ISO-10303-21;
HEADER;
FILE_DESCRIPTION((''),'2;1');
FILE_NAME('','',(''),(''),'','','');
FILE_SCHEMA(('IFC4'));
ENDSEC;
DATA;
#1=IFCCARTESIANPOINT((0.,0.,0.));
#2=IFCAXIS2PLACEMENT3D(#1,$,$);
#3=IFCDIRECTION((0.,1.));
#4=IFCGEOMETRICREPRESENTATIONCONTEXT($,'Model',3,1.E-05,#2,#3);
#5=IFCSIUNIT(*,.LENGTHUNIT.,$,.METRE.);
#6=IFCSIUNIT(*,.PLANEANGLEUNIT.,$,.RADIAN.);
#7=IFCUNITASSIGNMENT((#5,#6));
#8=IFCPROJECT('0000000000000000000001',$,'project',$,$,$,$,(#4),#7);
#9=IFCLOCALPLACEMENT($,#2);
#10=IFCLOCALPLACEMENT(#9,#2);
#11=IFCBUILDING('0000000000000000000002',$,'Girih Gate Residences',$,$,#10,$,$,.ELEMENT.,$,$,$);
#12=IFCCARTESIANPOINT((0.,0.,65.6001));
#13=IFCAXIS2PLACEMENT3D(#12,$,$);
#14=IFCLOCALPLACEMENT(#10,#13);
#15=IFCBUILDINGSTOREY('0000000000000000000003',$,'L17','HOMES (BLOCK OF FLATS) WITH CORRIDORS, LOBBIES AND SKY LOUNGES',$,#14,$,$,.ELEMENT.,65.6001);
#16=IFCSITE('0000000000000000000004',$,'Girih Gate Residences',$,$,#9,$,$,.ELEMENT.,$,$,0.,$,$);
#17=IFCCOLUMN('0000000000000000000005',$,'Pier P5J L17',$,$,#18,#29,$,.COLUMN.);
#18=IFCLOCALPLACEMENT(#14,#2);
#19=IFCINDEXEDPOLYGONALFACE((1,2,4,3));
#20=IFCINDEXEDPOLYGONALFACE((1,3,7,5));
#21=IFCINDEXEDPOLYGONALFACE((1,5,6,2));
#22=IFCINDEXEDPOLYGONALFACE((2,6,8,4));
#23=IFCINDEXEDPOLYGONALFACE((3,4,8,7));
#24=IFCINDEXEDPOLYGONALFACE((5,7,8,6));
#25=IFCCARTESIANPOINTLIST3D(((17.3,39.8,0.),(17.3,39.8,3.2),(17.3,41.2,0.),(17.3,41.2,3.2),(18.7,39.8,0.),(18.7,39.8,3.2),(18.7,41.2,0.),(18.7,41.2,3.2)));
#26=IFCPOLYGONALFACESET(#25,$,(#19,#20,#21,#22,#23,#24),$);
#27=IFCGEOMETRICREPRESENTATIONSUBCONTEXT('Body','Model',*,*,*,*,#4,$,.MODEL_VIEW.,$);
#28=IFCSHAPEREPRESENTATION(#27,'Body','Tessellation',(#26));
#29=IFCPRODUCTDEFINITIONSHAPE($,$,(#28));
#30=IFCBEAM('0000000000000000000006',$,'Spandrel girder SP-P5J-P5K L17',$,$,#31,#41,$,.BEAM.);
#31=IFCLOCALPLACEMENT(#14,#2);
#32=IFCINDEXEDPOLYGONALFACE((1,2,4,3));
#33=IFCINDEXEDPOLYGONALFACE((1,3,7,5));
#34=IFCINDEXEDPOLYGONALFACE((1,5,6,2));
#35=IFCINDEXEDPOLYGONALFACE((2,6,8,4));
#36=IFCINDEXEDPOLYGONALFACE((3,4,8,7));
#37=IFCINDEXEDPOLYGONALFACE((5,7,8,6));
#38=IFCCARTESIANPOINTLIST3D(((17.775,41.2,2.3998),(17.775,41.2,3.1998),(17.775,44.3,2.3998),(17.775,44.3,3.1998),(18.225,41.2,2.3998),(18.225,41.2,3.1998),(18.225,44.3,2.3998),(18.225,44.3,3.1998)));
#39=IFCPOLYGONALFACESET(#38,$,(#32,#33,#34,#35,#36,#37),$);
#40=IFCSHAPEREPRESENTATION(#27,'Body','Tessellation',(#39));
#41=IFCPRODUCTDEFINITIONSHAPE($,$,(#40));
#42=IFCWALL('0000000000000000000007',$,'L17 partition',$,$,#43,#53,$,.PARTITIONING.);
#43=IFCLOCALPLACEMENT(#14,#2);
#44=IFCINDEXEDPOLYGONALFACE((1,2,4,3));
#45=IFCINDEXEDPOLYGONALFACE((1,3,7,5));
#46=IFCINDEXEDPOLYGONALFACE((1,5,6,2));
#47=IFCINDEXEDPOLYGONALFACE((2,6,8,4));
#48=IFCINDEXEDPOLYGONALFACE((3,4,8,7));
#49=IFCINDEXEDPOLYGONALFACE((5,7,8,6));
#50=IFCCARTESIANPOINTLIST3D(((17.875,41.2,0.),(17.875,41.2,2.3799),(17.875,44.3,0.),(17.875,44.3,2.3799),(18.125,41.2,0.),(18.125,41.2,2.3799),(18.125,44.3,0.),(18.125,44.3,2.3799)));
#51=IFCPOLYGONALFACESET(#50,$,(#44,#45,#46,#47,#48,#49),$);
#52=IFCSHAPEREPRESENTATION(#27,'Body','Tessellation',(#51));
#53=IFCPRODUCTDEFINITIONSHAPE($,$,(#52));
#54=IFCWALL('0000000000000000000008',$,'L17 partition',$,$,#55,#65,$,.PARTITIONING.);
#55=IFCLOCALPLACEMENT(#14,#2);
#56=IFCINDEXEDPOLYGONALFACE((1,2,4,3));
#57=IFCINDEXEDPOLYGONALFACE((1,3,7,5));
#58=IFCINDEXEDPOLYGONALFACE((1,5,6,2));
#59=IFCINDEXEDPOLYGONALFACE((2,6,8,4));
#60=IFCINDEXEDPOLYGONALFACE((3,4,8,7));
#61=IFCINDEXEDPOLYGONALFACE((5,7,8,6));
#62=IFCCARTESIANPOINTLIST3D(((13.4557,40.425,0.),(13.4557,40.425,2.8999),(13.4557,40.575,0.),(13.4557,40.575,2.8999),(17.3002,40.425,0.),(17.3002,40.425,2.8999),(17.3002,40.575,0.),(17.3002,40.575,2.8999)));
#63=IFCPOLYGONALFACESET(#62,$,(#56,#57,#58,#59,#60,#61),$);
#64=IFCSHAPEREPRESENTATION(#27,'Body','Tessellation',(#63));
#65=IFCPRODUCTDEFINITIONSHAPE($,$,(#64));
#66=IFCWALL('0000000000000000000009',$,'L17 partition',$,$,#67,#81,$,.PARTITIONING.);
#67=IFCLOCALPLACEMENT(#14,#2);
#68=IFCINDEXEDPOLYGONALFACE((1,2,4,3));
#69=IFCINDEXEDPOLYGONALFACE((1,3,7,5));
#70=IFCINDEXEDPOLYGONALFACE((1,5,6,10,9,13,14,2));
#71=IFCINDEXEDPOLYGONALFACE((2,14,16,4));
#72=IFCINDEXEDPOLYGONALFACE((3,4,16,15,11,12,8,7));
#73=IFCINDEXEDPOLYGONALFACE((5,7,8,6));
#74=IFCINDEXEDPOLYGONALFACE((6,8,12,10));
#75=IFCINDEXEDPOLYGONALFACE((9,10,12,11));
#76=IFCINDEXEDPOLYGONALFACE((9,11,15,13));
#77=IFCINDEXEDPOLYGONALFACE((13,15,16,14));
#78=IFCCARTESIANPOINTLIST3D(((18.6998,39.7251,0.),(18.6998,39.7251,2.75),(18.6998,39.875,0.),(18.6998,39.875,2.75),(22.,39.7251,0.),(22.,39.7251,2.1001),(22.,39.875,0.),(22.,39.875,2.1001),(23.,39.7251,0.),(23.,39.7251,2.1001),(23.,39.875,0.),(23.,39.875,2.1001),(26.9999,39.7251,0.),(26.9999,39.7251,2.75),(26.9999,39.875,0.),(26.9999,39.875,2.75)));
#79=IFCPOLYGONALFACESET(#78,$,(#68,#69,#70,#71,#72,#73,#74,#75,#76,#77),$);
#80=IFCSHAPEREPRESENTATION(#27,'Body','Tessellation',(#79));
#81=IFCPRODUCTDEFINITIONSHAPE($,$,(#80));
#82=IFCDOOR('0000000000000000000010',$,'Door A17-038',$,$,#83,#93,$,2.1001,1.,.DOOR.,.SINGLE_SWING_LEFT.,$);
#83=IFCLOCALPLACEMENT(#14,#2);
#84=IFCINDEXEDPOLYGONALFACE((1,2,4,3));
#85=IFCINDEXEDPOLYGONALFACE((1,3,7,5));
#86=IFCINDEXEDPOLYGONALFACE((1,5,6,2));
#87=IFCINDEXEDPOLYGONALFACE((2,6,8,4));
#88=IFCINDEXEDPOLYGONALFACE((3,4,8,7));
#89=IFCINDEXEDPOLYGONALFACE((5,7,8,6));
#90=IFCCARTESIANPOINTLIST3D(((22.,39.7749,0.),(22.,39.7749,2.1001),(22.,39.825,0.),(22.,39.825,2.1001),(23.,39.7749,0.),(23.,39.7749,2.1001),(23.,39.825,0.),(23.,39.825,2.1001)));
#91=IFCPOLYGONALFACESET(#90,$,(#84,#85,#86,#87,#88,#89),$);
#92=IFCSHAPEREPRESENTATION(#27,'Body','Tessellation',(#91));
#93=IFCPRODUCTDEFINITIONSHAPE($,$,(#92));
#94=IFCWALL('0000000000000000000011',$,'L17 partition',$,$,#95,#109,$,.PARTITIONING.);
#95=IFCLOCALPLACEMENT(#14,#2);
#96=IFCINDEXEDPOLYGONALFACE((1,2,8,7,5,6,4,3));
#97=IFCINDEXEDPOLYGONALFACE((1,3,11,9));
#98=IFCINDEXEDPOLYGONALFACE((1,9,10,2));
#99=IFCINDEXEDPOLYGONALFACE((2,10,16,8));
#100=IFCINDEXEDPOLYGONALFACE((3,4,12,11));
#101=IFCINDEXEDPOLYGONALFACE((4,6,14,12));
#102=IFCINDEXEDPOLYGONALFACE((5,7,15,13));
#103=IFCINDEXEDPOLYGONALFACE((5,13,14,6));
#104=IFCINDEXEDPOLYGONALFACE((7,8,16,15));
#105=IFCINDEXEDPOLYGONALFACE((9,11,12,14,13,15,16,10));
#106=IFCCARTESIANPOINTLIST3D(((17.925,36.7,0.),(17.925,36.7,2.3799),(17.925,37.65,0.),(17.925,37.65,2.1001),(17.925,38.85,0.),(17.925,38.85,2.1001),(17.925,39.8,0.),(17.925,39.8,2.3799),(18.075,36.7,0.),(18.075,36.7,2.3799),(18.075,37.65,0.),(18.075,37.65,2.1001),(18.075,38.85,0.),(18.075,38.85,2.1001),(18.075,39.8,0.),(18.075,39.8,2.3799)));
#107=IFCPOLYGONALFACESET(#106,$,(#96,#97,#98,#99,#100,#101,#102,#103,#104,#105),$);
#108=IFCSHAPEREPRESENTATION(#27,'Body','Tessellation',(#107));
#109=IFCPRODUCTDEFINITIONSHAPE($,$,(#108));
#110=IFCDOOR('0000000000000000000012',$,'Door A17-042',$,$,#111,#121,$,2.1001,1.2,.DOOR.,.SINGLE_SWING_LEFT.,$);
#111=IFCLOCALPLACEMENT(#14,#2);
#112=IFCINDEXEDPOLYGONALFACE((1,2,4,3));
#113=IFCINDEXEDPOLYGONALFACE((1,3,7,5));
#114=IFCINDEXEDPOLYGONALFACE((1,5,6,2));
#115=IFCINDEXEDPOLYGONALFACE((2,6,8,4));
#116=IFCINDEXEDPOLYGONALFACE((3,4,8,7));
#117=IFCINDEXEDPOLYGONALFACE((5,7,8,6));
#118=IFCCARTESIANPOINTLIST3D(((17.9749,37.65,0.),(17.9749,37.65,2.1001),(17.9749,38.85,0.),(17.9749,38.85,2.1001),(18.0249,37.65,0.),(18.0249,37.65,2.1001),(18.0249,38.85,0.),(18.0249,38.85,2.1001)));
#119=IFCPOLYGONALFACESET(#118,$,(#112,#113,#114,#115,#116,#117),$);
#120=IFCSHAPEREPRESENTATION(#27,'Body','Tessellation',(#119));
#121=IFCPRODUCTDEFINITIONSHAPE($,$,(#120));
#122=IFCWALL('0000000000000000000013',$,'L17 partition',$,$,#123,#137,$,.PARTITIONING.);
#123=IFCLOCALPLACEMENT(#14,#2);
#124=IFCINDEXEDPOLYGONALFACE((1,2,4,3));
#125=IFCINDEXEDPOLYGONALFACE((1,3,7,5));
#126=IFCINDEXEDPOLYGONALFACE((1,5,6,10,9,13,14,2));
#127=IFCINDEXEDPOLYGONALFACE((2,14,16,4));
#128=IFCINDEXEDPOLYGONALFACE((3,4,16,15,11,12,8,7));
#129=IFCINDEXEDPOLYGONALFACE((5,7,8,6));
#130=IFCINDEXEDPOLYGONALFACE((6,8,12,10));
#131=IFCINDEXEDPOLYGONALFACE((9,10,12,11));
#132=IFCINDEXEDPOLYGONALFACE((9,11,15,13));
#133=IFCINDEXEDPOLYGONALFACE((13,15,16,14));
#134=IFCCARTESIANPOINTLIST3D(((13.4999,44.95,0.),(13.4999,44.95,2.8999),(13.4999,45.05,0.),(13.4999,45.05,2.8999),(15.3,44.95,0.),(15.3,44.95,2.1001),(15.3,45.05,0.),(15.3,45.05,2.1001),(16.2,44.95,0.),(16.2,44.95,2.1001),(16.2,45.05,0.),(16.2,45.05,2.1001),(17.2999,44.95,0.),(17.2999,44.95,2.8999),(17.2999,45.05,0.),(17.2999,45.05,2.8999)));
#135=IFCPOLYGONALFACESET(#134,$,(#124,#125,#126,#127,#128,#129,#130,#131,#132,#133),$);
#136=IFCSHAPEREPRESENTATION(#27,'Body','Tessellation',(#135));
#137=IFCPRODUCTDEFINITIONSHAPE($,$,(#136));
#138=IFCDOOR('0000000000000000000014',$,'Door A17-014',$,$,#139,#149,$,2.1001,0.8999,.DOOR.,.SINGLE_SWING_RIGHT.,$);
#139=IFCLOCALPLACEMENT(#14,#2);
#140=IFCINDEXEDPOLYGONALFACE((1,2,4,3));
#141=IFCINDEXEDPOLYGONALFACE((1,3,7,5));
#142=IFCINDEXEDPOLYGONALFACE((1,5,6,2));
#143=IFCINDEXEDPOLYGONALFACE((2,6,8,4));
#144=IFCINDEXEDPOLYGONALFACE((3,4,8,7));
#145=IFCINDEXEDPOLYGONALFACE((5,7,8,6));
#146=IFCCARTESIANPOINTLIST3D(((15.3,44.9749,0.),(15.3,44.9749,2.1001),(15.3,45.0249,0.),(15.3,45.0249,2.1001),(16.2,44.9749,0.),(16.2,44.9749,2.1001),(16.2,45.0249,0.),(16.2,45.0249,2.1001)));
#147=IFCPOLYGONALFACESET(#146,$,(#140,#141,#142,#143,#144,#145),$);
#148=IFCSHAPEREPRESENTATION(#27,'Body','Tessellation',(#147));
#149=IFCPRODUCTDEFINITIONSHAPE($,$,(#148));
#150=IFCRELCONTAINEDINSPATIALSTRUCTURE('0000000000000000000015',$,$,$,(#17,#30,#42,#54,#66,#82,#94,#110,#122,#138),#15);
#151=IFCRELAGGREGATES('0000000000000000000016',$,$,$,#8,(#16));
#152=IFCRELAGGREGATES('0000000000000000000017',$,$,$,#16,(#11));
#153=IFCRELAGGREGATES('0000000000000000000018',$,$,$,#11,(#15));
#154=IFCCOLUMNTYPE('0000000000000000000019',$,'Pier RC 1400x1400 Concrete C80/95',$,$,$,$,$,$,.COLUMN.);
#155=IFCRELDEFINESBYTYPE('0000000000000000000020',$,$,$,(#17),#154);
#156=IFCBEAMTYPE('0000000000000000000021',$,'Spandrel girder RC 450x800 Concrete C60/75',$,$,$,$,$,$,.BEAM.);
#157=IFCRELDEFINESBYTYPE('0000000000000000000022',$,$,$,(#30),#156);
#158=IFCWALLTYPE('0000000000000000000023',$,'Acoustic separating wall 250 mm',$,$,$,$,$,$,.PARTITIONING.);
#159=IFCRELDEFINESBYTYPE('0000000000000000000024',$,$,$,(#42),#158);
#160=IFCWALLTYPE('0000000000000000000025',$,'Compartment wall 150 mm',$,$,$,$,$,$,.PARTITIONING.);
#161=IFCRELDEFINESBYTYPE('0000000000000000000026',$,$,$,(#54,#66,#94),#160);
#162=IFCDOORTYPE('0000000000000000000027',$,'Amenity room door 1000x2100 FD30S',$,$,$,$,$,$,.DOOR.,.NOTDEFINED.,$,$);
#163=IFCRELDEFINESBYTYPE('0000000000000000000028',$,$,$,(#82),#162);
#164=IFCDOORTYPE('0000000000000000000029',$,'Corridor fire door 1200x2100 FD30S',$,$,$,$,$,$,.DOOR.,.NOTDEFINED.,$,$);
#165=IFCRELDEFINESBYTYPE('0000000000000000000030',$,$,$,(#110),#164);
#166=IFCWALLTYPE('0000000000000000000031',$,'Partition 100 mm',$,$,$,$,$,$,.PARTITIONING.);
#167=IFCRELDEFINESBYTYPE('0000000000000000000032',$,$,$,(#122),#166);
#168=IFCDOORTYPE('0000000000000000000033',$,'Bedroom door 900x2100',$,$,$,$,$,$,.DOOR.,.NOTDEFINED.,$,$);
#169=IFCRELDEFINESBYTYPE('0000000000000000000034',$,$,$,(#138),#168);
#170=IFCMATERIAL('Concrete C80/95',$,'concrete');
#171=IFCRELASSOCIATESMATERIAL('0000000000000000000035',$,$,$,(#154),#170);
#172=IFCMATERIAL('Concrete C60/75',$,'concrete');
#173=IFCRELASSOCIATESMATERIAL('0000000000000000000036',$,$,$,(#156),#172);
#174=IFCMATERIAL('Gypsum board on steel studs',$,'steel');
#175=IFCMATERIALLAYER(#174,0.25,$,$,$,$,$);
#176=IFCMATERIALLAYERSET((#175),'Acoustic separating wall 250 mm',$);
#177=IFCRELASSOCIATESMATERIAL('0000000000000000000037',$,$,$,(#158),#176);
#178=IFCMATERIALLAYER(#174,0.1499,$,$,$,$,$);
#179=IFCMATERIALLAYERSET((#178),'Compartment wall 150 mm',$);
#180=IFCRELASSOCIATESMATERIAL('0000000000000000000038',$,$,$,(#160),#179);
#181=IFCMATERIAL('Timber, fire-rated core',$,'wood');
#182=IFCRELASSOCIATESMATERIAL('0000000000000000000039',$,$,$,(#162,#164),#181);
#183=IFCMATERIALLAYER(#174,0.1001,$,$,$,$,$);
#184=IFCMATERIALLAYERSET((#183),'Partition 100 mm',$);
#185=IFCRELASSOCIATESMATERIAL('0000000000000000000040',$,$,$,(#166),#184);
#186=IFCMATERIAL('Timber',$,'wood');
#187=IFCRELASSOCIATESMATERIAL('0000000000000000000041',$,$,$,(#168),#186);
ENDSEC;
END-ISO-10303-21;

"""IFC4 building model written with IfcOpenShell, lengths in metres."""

from ifc_helpers import new_model, si_unit, direction, frame, frame_2d, origin, origin_2d, place, context, subcontext, project, spatial, rectangle, extrude, material, layer, layer_set, material_profile, profile_set, type_object, element, fill, save


model = new_model("IFC4")

# Units and contexts
model_context = context("Model", 3, precision=1e-05, world=origin(), true_north=direction((0.0, 1.0)))
body_context = subcontext(model_context, "Body", "Model", "MODEL_VIEW")
ifc_project = project(units=[si_unit("LENGTHUNIT", "METRE"), si_unit("PLANEANGLEUNIT", "RADIAN")], contexts=[model_context])

# Site, building, storey
site_placement = place(None, origin())
site = spatial("IfcSite", under=ifc_project, at=site_placement, Name="Girih Gate Residences", CompositionType="ELEMENT", RefElevation=0.0)
building_placement = place(site_placement, origin())
building = spatial("IfcBuilding", under=site, at=building_placement, Name="Girih Gate Residences", CompositionType="ELEMENT")
storey_placement = place(building_placement, frame((0.0, 0.0, 65.6001)))
storey = spatial("IfcBuildingStorey", under=building, at=storey_placement, Name="L17", Description="HOMES (BLOCK OF FLATS) WITH CORRIDORS, LOBBIES AND SKY LOUNGES", CompositionType="ELEMENT", Elevation=65.6001)

# Column
ifc_material_1 = material(Name="Concrete C80/95", Category="concrete")
ifc_material_profile_1 = material_profile(ifc_material_1, rectangle(XDim=1.3999, YDim=1.3999, at=origin_2d()))
ifc_profile_set_1 = profile_set([ifc_material_profile_1], Name="Concrete C80/95")
column_type = type_object("IfcColumnType", Name="Pier RC 1400x1400 Concrete C80/95", PredefinedType="COLUMN", material=ifc_profile_set_1)
column_placement = place(storey_placement, frame((18.0, 40.5, 0.0), z_axis=(0.0, 0.0, 1.0), x_axis=(1.0, 0.0, 0.0)))
element("IfcColumn", 1, at=column_placement, inside=storey, type_object=column_type, Name="Pier P5J L17", PredefinedType="COLUMN", context=body_context, shape_type="SweptSolid", body=[
    extrude(rectangle(XDim=1.3999, YDim=1.3999, at=origin_2d()), origin(), (0.0, 0.0, 1.0), 3.2),
])

# Beam
ifc_material_2 = material(Name="Concrete C60/75", Category="concrete")
ifc_material_profile_2 = material_profile(ifc_material_2, rectangle(XDim=0.45, YDim=0.8, at=origin_2d()))
ifc_profile_set_2 = profile_set([ifc_material_profile_2], Name="Concrete C60/75")
beam_type = type_object("IfcBeamType", Name="Spandrel girder RC 450x800 Concrete C60/75", PredefinedType="BEAM", material=ifc_profile_set_2)
beam_placement = place(storey_placement, frame((18.0, 41.2, 2.7998), z_axis=(0.0, 1.0, 0.0), x_axis=(-1.0, 0.0, 0.0)))
element("IfcBeam", 2, at=beam_placement, inside=storey, type_object=beam_type, Name="Spandrel girder SP-P5J-P5K L17", PredefinedType="BEAM", context=body_context, shape_type="SweptSolid", body=[
    extrude(rectangle(XDim=0.45, YDim=0.8, at=origin_2d()), origin(), (0.0, 0.0, 1.0), 3.1001),
])

# Walls
ifc_material_3 = material(Name="Gypsum board on steel studs", Category="steel")
ifc_layer_1 = layer(ifc_material_3, 0.25)
ifc_layer_set_1 = layer_set([ifc_layer_1], Name="Acoustic separating wall 250 mm")
wall_type_1 = type_object("IfcWallType", Name="Acoustic separating wall 250 mm", PredefinedType="PARTITIONING", material=ifc_layer_set_1)
wall_1_placement = place(storey_placement, frame((18.0, 41.2, 0.0), z_axis=(0.0, 0.0, 1.0), x_axis=(0.0, 1.0, 0.0)))
element("IfcWall", 3, at=wall_1_placement, inside=storey, type_object=wall_type_1, Name="L17 partition", PredefinedType="PARTITIONING", context=body_context, shape_type="SweptSolid", body=[
    extrude(rectangle(XDim=3.1001, YDim=0.25, at=frame_2d((1.55, 0.0))), origin(), (0.0, 0.0, 1.0), 2.3799),
])
ifc_layer_2 = layer(ifc_material_3, 0.1499)
ifc_layer_set_2 = layer_set([ifc_layer_2], Name="Compartment wall 150 mm")
wall_type_2 = type_object("IfcWallType", Name="Compartment wall 150 mm", PredefinedType="PARTITIONING", material=ifc_layer_set_2)
wall_2_placement = place(storey_placement, frame((13.4556, 40.5, 0.0), z_axis=(0.0, 0.0, 1.0), x_axis=(1.0, 0.0, 0.0)))
element("IfcWall", 4, at=wall_2_placement, inside=storey, type_object=wall_type_2, Name="L17 partition", PredefinedType="PARTITIONING", context=body_context, shape_type="SweptSolid", body=[
    extrude(rectangle(XDim=3.8445, YDim=0.1499, at=frame_2d((1.9224, 0.0))), origin(), (0.0, 0.0, 1.0), 2.8999),
])

# Walls, openings, doors
wall_3_placement = place(storey_placement, frame((18.7, 39.8, 0.0), z_axis=(0.0, 0.0, 1.0), x_axis=(1.0, 0.0, 0.0)))
wall_3 = element("IfcWall", 5, at=wall_3_placement, inside=storey, type_object=wall_type_2, Name="L17 partition", PredefinedType="PARTITIONING", context=body_context, shape_type="SweptSolid", body=[
    extrude(rectangle(XDim=8.3, YDim=0.1499, at=frame_2d((4.1499, 0.0))), origin(), (0.0, 0.0, 1.0), 2.75),
])
opening_1_placement = place(wall_3_placement, frame((3.3, 0.0, 0.0)))
opening_1 = element("IfcOpeningElement", 6, at=opening_1_placement, cuts=wall_3, PredefinedType="OPENING", context=body_context, shape_type="SweptSolid", body=[
    extrude(rectangle(XDim=1.0, YDim=2.1001, at=frame_2d((0.5, 1.05))), frame((0.0, 0.085, 0.0), z_axis=(0.0, -1.0, 0.0), x_axis=(1.0, 0.0, 0.0)), (0.0, 0.0, 1.0), 0.1699),
])
ifc_material_4 = material(Name="Timber, fire-rated core", Category="wood")
door_type_1 = type_object("IfcDoorType", Name="Amenity room door 1000x2100 FD30S", OperationType="NOTDEFINED", PredefinedType="DOOR", material=ifc_material_4)
door_1_placement = place(opening_1_placement, origin())
door_1 = element("IfcDoor", 7, at=door_1_placement, inside=storey, type_object=door_type_1, Name="Door A17-038", OperationType="SINGLE_SWING_LEFT", OverallHeight=2.1001, OverallWidth=1.0, PredefinedType="DOOR", context=body_context, shape_type="SweptSolid", body=[
    extrude(rectangle(XDim=1.0, YDim=2.1001, at=frame_2d((0.5, 1.05))), frame((0.0, 0.0249, 0.0), z_axis=(0.0, -1.0, 0.0), x_axis=(1.0, 0.0, 0.0)), (0.0, 0.0, 1.0), 0.05),
])
fill(opening_1, door_1)
wall_4_placement = place(storey_placement, frame((18.0, 39.8, 0.0), z_axis=(0.0, 0.0, 1.0), x_axis=(0.0, -1.0, 0.0)))
wall_4 = element("IfcWall", 8, at=wall_4_placement, inside=storey, type_object=wall_type_2, Name="L17 partition", PredefinedType="PARTITIONING", context=body_context, shape_type="SweptSolid", body=[
    extrude(rectangle(XDim=3.1001, YDim=0.1499, at=frame_2d((1.55, 0.0))), origin(), (0.0, 0.0, 1.0), 2.3799),
])
opening_2_placement = place(wall_4_placement, frame((0.95, 0.0, 0.0)))
opening_2 = element("IfcOpeningElement", 9, at=opening_2_placement, cuts=wall_4, PredefinedType="OPENING", context=body_context, shape_type="SweptSolid", body=[
    extrude(rectangle(XDim=1.2, YDim=2.1001, at=frame_2d((0.6001, 1.05))), frame((0.0, 0.085, 0.0), z_axis=(0.0, -1.0, 0.0), x_axis=(1.0, 0.0, 0.0)), (0.0, 0.0, 1.0), 0.1699),
])
door_type_2 = type_object("IfcDoorType", Name="Corridor fire door 1200x2100 FD30S", OperationType="NOTDEFINED", PredefinedType="DOOR", material=ifc_material_4)
door_2_placement = place(opening_2_placement, origin())
door_2 = element("IfcDoor", 10, at=door_2_placement, inside=storey, type_object=door_type_2, Name="Door A17-042", OperationType="SINGLE_SWING_LEFT", OverallHeight=2.1001, OverallWidth=1.2, PredefinedType="DOOR", context=body_context, shape_type="SweptSolid", body=[
    extrude(rectangle(XDim=1.2, YDim=2.1001, at=frame_2d((0.6001, 1.05))), frame((0.0, 0.0249, 0.0), z_axis=(0.0, -1.0, 0.0), x_axis=(1.0, 0.0, 0.0)), (0.0, 0.0, 1.0), 0.05),
])
fill(opening_2, door_2)
ifc_layer_3 = layer(ifc_material_3, 0.1001)
ifc_layer_set_3 = layer_set([ifc_layer_3], Name="Partition 100 mm")
wall_type_3 = type_object("IfcWallType", Name="Partition 100 mm", PredefinedType="PARTITIONING", material=ifc_layer_set_3)
wall_5_placement = place(storey_placement, frame((13.5, 45.0, 0.0), z_axis=(0.0, 0.0, 1.0), x_axis=(1.0, 0.0, 0.0)))
wall_5 = element("IfcWall", 11, at=wall_5_placement, inside=storey, type_object=wall_type_3, Name="L17 partition", PredefinedType="PARTITIONING", context=body_context, shape_type="SweptSolid", body=[
    extrude(rectangle(XDim=3.8, YDim=0.1001, at=frame_2d((1.8999, 0.0))), origin(), (0.0, 0.0, 1.0), 2.8999),
])
opening_3_placement = place(wall_5_placement, frame((1.8, 0.0, 0.0)))
opening_3 = element("IfcOpeningElement", 12, at=opening_3_placement, cuts=wall_5, PredefinedType="OPENING", context=body_context, shape_type="SweptSolid", body=[
    extrude(rectangle(XDim=0.8999, YDim=2.1001, at=frame_2d((0.45, 1.05))), frame((0.0, 0.0601, 0.0), z_axis=(0.0, -1.0, 0.0), x_axis=(1.0, 0.0, 0.0)), (0.0, 0.0, 1.0), 0.1201),
])
ifc_material_5 = material(Name="Timber", Category="wood")
door_type_3 = type_object("IfcDoorType", Name="Bedroom door 900x2100", OperationType="NOTDEFINED", PredefinedType="DOOR", material=ifc_material_5)
door_3_placement = place(opening_3_placement, origin())
door_3 = element("IfcDoor", 13, at=door_3_placement, inside=storey, type_object=door_type_3, Name="Door A17-014", OperationType="SINGLE_SWING_RIGHT", OverallHeight=2.1001, OverallWidth=0.8999, PredefinedType="DOOR", context=body_context, shape_type="SweptSolid", body=[
    extrude(rectangle(XDim=0.8999, YDim=2.1001, at=frame_2d((0.45, 1.05))), frame((0.0, 0.0249, 0.0), z_axis=(0.0, -1.0, 0.0), x_axis=(1.0, 0.0, 0.0)), (0.0, 0.0, 1.0), 0.05),
])
fill(opening_3, door_3)

save(model, "model.ifc")
